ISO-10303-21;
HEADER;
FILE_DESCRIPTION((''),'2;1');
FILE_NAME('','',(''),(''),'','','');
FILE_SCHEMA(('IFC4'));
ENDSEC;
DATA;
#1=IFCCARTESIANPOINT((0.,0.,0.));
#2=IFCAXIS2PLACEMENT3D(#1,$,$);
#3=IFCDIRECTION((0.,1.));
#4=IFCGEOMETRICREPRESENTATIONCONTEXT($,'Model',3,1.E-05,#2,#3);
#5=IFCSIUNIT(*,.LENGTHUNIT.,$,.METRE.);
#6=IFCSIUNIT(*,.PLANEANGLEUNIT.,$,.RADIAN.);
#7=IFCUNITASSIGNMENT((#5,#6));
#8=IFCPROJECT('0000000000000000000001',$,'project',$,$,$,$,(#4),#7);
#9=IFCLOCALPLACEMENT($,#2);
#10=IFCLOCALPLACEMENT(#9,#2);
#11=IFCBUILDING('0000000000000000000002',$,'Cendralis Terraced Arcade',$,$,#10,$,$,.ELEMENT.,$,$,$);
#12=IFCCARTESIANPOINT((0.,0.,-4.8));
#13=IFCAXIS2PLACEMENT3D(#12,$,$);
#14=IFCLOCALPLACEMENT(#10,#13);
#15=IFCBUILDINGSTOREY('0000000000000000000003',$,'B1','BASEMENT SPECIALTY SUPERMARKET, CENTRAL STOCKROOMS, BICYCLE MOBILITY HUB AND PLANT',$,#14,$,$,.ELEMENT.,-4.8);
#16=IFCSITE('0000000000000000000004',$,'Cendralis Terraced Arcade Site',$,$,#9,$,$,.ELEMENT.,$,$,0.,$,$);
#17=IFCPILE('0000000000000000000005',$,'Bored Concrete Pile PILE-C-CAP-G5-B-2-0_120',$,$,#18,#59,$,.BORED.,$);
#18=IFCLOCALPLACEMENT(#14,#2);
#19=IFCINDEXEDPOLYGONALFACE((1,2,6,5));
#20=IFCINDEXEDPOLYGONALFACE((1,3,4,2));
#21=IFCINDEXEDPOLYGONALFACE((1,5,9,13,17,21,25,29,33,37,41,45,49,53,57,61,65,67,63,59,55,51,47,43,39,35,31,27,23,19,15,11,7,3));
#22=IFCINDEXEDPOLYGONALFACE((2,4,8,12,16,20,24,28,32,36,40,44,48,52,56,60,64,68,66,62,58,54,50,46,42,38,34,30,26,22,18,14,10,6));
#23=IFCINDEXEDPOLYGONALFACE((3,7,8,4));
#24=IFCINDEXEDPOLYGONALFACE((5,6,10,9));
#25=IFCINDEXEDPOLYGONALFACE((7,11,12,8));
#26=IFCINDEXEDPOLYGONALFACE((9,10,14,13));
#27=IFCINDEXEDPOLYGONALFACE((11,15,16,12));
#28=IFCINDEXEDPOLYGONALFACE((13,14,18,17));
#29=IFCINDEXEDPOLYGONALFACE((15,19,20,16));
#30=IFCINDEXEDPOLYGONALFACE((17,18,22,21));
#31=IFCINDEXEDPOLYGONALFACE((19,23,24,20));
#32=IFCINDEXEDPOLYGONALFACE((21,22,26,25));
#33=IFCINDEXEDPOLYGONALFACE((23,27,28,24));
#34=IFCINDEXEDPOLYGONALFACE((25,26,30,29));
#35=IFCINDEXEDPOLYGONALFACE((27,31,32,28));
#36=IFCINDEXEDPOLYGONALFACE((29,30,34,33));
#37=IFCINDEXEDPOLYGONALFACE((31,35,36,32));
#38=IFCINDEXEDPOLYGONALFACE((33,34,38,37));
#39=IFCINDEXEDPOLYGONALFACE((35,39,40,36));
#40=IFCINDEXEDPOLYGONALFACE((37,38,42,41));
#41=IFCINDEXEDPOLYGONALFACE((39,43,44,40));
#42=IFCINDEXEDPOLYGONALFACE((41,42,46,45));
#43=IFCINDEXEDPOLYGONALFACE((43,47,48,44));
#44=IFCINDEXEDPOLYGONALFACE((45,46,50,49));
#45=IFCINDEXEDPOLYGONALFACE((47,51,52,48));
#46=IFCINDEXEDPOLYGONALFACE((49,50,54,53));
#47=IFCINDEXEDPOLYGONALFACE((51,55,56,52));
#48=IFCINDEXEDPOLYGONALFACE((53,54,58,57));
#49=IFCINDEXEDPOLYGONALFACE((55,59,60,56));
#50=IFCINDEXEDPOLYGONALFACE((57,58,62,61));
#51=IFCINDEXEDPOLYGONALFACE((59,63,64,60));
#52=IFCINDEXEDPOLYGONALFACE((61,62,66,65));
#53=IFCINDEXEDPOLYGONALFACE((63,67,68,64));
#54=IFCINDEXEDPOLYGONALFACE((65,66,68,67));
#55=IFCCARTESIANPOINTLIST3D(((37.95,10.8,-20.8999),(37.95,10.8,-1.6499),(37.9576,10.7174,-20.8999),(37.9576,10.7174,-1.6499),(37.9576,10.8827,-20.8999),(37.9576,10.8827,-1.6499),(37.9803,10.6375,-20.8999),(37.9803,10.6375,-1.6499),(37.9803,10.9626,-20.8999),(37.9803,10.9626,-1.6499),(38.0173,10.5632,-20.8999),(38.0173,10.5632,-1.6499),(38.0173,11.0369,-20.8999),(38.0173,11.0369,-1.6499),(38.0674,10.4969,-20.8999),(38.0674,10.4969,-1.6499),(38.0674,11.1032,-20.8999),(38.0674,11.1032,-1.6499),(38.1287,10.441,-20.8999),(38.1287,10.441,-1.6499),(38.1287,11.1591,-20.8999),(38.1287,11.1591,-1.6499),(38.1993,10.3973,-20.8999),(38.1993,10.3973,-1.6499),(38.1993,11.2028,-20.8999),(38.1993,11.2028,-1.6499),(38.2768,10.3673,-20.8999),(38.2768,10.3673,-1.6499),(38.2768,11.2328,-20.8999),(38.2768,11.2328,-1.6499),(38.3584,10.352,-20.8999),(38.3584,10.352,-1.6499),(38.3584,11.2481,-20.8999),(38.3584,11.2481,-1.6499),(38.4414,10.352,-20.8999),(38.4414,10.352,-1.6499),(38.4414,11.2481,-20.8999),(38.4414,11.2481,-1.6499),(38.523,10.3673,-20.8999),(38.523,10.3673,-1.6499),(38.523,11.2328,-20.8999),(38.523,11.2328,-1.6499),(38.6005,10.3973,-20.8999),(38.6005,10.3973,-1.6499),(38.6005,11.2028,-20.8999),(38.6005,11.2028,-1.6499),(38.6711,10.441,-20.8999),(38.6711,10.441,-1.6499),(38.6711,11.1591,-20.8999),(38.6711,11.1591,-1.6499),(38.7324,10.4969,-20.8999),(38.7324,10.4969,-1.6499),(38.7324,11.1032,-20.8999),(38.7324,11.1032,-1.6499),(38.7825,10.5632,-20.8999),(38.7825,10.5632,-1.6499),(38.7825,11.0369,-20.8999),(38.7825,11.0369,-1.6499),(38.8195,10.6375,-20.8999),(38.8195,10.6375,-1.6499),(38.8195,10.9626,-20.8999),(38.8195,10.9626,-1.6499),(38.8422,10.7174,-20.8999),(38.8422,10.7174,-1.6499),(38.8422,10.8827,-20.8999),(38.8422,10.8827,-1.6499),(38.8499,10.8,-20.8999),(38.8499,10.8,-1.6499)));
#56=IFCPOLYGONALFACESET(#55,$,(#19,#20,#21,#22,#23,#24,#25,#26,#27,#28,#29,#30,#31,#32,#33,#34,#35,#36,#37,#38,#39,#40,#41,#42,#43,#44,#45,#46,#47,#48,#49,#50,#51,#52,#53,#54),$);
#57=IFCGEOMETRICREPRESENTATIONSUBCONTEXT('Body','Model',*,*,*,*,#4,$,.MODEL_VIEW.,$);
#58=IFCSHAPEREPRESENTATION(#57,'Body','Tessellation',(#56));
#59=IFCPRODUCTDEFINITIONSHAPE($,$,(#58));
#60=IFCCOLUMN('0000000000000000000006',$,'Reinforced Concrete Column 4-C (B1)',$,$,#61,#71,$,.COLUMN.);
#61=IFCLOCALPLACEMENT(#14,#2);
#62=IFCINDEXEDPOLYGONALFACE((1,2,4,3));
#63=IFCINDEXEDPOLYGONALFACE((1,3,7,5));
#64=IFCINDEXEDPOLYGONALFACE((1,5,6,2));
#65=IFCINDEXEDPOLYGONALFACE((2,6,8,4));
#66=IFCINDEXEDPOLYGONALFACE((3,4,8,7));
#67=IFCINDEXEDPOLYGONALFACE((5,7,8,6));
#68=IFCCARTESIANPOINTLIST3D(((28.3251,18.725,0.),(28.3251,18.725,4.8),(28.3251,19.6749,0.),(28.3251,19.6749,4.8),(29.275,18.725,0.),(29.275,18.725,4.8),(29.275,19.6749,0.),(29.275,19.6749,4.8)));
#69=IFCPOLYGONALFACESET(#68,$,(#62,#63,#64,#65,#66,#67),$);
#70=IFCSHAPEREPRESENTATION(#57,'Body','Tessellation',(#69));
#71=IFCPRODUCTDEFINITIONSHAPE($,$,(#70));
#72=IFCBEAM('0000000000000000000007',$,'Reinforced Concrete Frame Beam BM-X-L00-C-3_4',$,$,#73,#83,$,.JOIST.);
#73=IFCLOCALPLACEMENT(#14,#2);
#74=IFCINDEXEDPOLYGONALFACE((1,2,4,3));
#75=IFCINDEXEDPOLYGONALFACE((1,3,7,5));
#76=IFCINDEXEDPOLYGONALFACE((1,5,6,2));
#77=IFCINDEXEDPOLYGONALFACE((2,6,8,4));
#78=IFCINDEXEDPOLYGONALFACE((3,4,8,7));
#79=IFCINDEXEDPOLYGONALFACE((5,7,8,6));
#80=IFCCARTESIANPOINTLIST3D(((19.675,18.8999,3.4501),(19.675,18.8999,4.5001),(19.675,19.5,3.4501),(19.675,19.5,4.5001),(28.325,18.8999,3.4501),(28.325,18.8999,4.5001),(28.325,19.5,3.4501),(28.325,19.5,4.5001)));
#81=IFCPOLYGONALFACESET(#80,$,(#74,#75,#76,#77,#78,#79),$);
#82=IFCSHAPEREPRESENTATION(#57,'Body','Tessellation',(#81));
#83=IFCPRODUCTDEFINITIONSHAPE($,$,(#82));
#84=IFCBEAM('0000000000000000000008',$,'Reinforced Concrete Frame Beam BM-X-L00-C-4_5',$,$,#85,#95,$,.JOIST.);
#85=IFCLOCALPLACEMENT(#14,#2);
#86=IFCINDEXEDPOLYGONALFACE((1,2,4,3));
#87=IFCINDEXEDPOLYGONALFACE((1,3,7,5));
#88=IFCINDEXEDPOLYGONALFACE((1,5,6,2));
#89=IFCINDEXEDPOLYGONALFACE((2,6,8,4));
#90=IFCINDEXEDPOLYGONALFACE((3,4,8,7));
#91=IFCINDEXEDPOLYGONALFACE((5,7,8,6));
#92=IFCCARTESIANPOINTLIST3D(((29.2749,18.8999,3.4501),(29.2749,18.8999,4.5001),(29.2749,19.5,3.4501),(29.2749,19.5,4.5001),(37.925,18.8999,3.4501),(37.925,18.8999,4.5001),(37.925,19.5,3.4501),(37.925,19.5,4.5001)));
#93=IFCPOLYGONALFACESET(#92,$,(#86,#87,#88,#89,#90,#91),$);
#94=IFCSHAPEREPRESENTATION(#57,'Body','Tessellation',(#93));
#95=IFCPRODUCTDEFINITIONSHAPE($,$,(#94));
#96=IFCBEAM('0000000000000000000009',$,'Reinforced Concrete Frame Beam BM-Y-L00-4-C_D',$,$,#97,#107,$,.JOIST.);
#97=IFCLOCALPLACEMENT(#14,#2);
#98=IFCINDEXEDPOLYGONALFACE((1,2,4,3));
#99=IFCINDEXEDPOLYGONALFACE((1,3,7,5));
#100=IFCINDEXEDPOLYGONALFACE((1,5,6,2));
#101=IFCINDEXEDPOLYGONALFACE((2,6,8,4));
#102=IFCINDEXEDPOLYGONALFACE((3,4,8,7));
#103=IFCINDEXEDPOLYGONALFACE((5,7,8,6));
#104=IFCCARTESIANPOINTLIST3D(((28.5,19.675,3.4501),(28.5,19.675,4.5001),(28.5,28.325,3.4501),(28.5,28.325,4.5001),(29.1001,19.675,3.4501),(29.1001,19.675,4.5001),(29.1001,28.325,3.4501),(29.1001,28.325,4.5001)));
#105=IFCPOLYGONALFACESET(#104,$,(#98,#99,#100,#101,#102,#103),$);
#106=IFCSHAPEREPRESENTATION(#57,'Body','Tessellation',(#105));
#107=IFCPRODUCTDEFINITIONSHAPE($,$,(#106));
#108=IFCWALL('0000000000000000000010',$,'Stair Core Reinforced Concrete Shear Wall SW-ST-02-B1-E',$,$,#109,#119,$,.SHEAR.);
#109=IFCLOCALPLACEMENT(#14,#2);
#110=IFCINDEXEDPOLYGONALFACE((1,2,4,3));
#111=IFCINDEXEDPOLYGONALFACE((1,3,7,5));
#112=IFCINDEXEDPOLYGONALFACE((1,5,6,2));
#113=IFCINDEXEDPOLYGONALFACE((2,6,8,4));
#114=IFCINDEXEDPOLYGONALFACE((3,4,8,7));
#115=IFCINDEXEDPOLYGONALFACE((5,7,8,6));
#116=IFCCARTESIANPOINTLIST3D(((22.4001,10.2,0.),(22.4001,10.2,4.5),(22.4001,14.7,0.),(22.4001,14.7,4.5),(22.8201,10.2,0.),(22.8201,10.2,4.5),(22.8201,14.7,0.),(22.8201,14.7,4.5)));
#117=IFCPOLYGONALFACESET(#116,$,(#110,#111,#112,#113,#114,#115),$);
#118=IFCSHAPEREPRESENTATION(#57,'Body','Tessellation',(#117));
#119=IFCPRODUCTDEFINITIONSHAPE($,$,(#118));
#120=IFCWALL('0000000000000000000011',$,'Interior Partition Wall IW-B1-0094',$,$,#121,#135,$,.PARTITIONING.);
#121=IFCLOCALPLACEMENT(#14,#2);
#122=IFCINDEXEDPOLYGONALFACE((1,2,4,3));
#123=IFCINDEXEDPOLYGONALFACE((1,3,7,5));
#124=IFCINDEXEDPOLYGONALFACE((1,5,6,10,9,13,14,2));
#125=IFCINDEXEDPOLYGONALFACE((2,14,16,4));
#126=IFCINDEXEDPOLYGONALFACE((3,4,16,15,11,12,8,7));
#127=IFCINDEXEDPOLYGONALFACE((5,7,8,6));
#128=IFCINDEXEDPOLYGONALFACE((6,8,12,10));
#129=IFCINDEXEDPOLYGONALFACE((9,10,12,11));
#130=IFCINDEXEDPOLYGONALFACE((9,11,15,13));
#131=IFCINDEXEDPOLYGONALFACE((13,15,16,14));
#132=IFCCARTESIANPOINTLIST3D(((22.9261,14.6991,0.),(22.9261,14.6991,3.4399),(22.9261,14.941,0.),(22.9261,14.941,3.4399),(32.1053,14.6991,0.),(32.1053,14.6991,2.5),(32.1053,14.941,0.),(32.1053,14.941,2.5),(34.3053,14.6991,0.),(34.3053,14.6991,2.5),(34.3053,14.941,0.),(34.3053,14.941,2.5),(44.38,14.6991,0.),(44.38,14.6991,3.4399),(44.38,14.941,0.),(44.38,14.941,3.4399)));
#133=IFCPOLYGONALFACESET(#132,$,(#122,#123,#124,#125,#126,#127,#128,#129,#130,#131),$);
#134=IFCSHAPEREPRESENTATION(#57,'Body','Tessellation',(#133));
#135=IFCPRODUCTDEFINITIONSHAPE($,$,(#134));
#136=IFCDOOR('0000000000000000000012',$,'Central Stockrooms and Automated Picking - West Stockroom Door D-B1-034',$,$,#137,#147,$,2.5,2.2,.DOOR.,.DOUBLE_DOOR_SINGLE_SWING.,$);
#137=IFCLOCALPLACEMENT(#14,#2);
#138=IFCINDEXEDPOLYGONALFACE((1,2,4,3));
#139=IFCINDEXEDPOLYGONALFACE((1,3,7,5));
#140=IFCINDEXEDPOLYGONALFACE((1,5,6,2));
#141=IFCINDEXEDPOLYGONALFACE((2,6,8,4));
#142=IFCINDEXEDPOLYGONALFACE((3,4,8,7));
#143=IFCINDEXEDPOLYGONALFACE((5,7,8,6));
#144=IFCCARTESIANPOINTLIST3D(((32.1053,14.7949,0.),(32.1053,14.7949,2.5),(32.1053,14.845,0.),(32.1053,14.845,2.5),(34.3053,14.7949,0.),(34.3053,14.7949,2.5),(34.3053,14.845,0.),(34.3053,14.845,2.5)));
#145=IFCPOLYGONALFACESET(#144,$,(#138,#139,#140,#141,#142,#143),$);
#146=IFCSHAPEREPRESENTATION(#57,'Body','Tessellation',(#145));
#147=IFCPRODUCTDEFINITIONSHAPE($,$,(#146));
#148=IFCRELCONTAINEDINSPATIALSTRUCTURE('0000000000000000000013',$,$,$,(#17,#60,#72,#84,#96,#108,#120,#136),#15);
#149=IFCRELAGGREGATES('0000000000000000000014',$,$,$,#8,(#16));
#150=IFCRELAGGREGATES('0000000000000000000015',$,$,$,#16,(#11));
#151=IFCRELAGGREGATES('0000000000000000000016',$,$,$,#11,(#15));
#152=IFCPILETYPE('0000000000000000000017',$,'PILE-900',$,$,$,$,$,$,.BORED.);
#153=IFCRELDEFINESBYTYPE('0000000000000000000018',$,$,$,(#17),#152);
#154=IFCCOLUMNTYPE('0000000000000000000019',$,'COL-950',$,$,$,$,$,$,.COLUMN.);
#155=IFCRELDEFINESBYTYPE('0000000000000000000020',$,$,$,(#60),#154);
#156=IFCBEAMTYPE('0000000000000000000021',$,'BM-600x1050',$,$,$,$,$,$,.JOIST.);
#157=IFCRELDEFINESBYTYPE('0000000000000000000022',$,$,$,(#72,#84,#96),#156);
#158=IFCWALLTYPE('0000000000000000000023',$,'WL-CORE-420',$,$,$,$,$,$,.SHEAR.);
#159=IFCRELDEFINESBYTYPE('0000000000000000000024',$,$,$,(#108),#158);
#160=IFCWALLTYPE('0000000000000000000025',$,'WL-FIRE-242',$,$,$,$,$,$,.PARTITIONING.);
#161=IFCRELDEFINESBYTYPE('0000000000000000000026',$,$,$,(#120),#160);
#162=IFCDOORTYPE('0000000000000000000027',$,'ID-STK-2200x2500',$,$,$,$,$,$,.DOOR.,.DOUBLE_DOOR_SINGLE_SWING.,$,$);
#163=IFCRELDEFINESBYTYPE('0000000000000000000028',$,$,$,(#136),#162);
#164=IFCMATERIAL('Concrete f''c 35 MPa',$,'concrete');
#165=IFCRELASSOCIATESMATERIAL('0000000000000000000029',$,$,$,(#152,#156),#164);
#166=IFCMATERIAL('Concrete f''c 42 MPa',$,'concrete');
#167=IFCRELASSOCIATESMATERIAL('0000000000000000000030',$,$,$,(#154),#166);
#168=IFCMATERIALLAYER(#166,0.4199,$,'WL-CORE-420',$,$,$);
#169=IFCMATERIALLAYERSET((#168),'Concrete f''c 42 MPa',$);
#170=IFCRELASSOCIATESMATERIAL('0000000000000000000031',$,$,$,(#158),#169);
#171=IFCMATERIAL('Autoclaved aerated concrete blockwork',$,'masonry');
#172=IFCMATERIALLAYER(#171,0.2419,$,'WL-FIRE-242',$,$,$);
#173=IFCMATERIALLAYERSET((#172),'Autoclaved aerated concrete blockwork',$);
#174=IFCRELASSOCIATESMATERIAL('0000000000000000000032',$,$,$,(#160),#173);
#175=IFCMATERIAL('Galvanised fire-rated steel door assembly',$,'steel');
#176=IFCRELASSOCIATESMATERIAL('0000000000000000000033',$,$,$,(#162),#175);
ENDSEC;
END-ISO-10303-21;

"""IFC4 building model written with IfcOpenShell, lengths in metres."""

from ifc_helpers import new_model, si_unit, direction, frame, frame_2d, origin, origin_2d, place, context, subcontext, project, spatial, rectangle, circle, extrude, material, layer, layer_set, material_profile, profile_set, type_object, element, fill, save


model = new_model("IFC4")

# Units and contexts
model_context = context("Model", 3, precision=1e-05, world=origin(), true_north=direction((0.0, 1.0)))
body_context = subcontext(model_context, "Body", "Model", "MODEL_VIEW")
ifc_project = project(units=[si_unit("LENGTHUNIT", "METRE"), si_unit("PLANEANGLEUNIT", "RADIAN")], contexts=[model_context])

# Site, building, storey
site_placement = place(None, origin())
site = spatial("IfcSite", under=ifc_project, at=site_placement, Name="Cendralis Terraced Arcade Site", CompositionType="ELEMENT", RefElevation=0.0)
building_placement = place(site_placement, origin())
building = spatial("IfcBuilding", under=site, at=building_placement, Name="Cendralis Terraced Arcade", CompositionType="ELEMENT")
storey_placement = place(building_placement, frame((0.0, 0.0, -4.8)))
storey = spatial("IfcBuildingStorey", under=building, at=storey_placement, Name="B1", Description="BASEMENT SPECIALTY SUPERMARKET, CENTRAL STOCKROOMS, BICYCLE MOBILITY HUB AND PLANT", CompositionType="ELEMENT", Elevation=-4.8)

# Shared definitions
ifc_material_1 = material(Name="Concrete f'c 35 MPa", Category="concrete")

# Pile
ifc_material_profile_1 = material_profile(ifc_material_1, circle(Radius=0.45, at=origin_2d()), Name="PILE-D900", Category="LoadBearing")
ifc_profile_set_1 = profile_set([ifc_material_profile_1], Name="Concrete f'c 35 MPa")
pile_type_1 = type_object("IfcPileType", Name="PILE-900", PredefinedType="BORED", material=ifc_profile_set_1)
pile_1_placement = place(storey_placement, frame((38.3999, 10.8, -1.6499), z_axis=(0.0, 0.0, -1.0), x_axis=(1.0, 0.0, 0.0)))
element("IfcPile", 1, at=pile_1_placement, inside=storey, type_object=pile_type_1, Name="Bored Concrete Pile PILE-C-CAP-G5-B-2-0_120", PredefinedType="BORED", context=body_context, shape_type="SweptSolid", body=[
    extrude(circle(Radius=0.45, at=origin_2d()), origin(), (0.0, 0.0, 1.0), 19.25),
])

# Column
ifc_material_2 = material(Name="Concrete f'c 42 MPa", Category="concrete")
ifc_material_profile_2 = material_profile(ifc_material_2, rectangle(XDim=0.95, YDim=0.95, at=origin_2d()), Name="RC-COL-950x950", Category="LoadBearing")
ifc_profile_set_2 = profile_set([ifc_material_profile_2], Name="Concrete f'c 42 MPa")
column_type = type_object("IfcColumnType", Name="COL-950", PredefinedType="COLUMN", material=ifc_profile_set_2)
column_placement = place(storey_placement, frame((28.8, 19.2, 0.0), z_axis=(0.0, 0.0, 1.0), x_axis=(1.0, 0.0, 0.0)))
element("IfcColumn", 2, at=column_placement, inside=storey, type_object=column_type, Name="Reinforced Concrete Column 4-C (B1)", PredefinedType="COLUMN", context=body_context, shape_type="SweptSolid", body=[
    extrude(rectangle(XDim=0.95, YDim=0.95, at=origin_2d()), origin(), (0.0, 0.0, 1.0), 4.8),
])

# Beams
ifc_material_profile_3 = material_profile(ifc_material_1, rectangle(XDim=0.6001, YDim=1.05, at=origin_2d()), Name="RC-BM-600x1050", Category="LoadBearing")
ifc_profile_set_3 = profile_set([ifc_material_profile_3], Name="Concrete f'c 35 MPa")
beam_type = type_object("IfcBeamType", Name="BM-600x1050", PredefinedType="JOIST", material=ifc_profile_set_3)
beam_1_placement = place(storey_placement, frame((19.675, 19.2, 3.9751), z_axis=(1.0, 0.0, 0.0), x_axis=(0.0, 1.0, 0.0)))
element("IfcBeam", 3, at=beam_1_placement, inside=storey, type_object=beam_type, Name="Reinforced Concrete Frame Beam BM-X-L00-C-3_4", PredefinedType="JOIST", context=body_context, shape_type="SweptSolid", body=[
    extrude(rectangle(XDim=0.6001, YDim=1.05, at=origin_2d()), origin(), (0.0, 0.0, 1.0), 8.6499),
])
beam_2_placement = place(storey_placement, frame((29.2749, 19.2, 3.9751), z_axis=(1.0, 0.0, 0.0), x_axis=(0.0, 1.0, 0.0)))
element("IfcBeam", 4, at=beam_2_placement, inside=storey, type_object=beam_type, Name="Reinforced Concrete Frame Beam BM-X-L00-C-4_5", PredefinedType="JOIST", context=body_context, shape_type="SweptSolid", body=[
    extrude(rectangle(XDim=0.6001, YDim=1.05, at=origin_2d()), origin(), (0.0, 0.0, 1.0), 8.6501),
])
beam_3_placement = place(storey_placement, frame((28.8, 19.675, 3.9751), z_axis=(0.0, 1.0, 0.0), x_axis=(-1.0, 0.0, 0.0)))
element("IfcBeam", 5, at=beam_3_placement, inside=storey, type_object=beam_type, Name="Reinforced Concrete Frame Beam BM-Y-L00-4-C_D", PredefinedType="JOIST", context=body_context, shape_type="SweptSolid", body=[
    extrude(rectangle(XDim=0.6001, YDim=1.05, at=origin_2d()), origin(), (0.0, 0.0, 1.0), 8.6499),
])

# Wall
ifc_layer_1 = layer(ifc_material_2, 0.4199, Name="WL-CORE-420")
ifc_layer_set_1 = layer_set([ifc_layer_1], Name="Concrete f'c 42 MPa")
wall_type_1 = type_object("IfcWallType", Name="WL-CORE-420", PredefinedType="SHEAR", material=ifc_layer_set_1)
wall_1_placement = place(storey_placement, frame((22.6101, 10.2, 0.0), z_axis=(0.0, 0.0, 1.0), x_axis=(0.0, 1.0, 0.0)))
element("IfcWall", 6, at=wall_1_placement, inside=storey, type_object=wall_type_1, Name="Stair Core Reinforced Concrete Shear Wall SW-ST-02-B1-E", PredefinedType="SHEAR", context=body_context, shape_type="SweptSolid", body=[
    extrude(rectangle(XDim=4.5, YDim=0.4199, at=frame_2d((2.25, 0.0))), origin(), (0.0, 0.0, 1.0), 4.5),
])

# Wall, opening, door
ifc_material_3 = material(Name="Autoclaved aerated concrete blockwork", Category="masonry")
ifc_layer_2 = layer(ifc_material_3, 0.2419, Name="WL-FIRE-242")
ifc_layer_set_2 = layer_set([ifc_layer_2], Name="Autoclaved aerated concrete blockwork")
wall_type_2 = type_object("IfcWallType", Name="WL-FIRE-242", PredefinedType="PARTITIONING", material=ifc_layer_set_2)
wall_2_placement = place(storey_placement, frame((22.926, 14.8201, 0.0), z_axis=(0.0, 0.0, 1.0), x_axis=(1.0, 0.0, 0.0)))
wall_2 = element("IfcWall", 7, at=wall_2_placement, inside=storey, type_object=wall_type_2, Name="Interior Partition Wall IW-B1-0094", PredefinedType="PARTITIONING", context=body_context, shape_type="SweptSolid", body=[
    extrude(rectangle(XDim=21.4539, YDim=0.2419, at=frame_2d((10.7271, 0.0))), origin(), (0.0, 0.0, 1.0), 3.4399),
])
opening_placement = place(wall_2_placement, frame((9.1792, 0.0, 0.0)))
opening = element("IfcOpeningElement", 8, at=opening_placement, cuts=wall_2, PredefinedType="OPENING", context=body_context, shape_type="SweptSolid", body=[
    extrude(rectangle(XDim=2.2, YDim=2.5, at=frame_2d((1.1001, 1.25))), frame((0.0, 0.1328, 0.0), z_axis=(0.0, -1.0, 0.0), x_axis=(1.0, 0.0, 0.0)), (0.0, 0.0, 1.0), 0.2659),
])
ifc_material_4 = material(Name="Galvanised fire-rated steel door assembly", Category="steel")
door_type = type_object("IfcDoorType", Name="ID-STK-2200x2500", OperationType="DOUBLE_DOOR_SINGLE_SWING", PredefinedType="DOOR", material=ifc_material_4)
door_placement = place(opening_placement, origin())
door = element("IfcDoor", 9, at=door_placement, inside=storey, type_object=door_type, Name="Central Stockrooms and Automated Picking - West Stockroom Door D-B1-034", OperationType="DOUBLE_DOOR_SINGLE_SWING", OverallHeight=2.5, OverallWidth=2.2, PredefinedType="DOOR", context=body_context, shape_type="SweptSolid", body=[
    extrude(rectangle(XDim=2.2, YDim=2.5, at=frame_2d((1.1001, 1.25))), frame((0.0, 0.0249, 0.0), z_axis=(0.0, -1.0, 0.0), x_axis=(1.0, 0.0, 0.0)), (0.0, 0.0, 1.0), 0.05),
])
fill(opening, door)

save(model, "model.ifc")
